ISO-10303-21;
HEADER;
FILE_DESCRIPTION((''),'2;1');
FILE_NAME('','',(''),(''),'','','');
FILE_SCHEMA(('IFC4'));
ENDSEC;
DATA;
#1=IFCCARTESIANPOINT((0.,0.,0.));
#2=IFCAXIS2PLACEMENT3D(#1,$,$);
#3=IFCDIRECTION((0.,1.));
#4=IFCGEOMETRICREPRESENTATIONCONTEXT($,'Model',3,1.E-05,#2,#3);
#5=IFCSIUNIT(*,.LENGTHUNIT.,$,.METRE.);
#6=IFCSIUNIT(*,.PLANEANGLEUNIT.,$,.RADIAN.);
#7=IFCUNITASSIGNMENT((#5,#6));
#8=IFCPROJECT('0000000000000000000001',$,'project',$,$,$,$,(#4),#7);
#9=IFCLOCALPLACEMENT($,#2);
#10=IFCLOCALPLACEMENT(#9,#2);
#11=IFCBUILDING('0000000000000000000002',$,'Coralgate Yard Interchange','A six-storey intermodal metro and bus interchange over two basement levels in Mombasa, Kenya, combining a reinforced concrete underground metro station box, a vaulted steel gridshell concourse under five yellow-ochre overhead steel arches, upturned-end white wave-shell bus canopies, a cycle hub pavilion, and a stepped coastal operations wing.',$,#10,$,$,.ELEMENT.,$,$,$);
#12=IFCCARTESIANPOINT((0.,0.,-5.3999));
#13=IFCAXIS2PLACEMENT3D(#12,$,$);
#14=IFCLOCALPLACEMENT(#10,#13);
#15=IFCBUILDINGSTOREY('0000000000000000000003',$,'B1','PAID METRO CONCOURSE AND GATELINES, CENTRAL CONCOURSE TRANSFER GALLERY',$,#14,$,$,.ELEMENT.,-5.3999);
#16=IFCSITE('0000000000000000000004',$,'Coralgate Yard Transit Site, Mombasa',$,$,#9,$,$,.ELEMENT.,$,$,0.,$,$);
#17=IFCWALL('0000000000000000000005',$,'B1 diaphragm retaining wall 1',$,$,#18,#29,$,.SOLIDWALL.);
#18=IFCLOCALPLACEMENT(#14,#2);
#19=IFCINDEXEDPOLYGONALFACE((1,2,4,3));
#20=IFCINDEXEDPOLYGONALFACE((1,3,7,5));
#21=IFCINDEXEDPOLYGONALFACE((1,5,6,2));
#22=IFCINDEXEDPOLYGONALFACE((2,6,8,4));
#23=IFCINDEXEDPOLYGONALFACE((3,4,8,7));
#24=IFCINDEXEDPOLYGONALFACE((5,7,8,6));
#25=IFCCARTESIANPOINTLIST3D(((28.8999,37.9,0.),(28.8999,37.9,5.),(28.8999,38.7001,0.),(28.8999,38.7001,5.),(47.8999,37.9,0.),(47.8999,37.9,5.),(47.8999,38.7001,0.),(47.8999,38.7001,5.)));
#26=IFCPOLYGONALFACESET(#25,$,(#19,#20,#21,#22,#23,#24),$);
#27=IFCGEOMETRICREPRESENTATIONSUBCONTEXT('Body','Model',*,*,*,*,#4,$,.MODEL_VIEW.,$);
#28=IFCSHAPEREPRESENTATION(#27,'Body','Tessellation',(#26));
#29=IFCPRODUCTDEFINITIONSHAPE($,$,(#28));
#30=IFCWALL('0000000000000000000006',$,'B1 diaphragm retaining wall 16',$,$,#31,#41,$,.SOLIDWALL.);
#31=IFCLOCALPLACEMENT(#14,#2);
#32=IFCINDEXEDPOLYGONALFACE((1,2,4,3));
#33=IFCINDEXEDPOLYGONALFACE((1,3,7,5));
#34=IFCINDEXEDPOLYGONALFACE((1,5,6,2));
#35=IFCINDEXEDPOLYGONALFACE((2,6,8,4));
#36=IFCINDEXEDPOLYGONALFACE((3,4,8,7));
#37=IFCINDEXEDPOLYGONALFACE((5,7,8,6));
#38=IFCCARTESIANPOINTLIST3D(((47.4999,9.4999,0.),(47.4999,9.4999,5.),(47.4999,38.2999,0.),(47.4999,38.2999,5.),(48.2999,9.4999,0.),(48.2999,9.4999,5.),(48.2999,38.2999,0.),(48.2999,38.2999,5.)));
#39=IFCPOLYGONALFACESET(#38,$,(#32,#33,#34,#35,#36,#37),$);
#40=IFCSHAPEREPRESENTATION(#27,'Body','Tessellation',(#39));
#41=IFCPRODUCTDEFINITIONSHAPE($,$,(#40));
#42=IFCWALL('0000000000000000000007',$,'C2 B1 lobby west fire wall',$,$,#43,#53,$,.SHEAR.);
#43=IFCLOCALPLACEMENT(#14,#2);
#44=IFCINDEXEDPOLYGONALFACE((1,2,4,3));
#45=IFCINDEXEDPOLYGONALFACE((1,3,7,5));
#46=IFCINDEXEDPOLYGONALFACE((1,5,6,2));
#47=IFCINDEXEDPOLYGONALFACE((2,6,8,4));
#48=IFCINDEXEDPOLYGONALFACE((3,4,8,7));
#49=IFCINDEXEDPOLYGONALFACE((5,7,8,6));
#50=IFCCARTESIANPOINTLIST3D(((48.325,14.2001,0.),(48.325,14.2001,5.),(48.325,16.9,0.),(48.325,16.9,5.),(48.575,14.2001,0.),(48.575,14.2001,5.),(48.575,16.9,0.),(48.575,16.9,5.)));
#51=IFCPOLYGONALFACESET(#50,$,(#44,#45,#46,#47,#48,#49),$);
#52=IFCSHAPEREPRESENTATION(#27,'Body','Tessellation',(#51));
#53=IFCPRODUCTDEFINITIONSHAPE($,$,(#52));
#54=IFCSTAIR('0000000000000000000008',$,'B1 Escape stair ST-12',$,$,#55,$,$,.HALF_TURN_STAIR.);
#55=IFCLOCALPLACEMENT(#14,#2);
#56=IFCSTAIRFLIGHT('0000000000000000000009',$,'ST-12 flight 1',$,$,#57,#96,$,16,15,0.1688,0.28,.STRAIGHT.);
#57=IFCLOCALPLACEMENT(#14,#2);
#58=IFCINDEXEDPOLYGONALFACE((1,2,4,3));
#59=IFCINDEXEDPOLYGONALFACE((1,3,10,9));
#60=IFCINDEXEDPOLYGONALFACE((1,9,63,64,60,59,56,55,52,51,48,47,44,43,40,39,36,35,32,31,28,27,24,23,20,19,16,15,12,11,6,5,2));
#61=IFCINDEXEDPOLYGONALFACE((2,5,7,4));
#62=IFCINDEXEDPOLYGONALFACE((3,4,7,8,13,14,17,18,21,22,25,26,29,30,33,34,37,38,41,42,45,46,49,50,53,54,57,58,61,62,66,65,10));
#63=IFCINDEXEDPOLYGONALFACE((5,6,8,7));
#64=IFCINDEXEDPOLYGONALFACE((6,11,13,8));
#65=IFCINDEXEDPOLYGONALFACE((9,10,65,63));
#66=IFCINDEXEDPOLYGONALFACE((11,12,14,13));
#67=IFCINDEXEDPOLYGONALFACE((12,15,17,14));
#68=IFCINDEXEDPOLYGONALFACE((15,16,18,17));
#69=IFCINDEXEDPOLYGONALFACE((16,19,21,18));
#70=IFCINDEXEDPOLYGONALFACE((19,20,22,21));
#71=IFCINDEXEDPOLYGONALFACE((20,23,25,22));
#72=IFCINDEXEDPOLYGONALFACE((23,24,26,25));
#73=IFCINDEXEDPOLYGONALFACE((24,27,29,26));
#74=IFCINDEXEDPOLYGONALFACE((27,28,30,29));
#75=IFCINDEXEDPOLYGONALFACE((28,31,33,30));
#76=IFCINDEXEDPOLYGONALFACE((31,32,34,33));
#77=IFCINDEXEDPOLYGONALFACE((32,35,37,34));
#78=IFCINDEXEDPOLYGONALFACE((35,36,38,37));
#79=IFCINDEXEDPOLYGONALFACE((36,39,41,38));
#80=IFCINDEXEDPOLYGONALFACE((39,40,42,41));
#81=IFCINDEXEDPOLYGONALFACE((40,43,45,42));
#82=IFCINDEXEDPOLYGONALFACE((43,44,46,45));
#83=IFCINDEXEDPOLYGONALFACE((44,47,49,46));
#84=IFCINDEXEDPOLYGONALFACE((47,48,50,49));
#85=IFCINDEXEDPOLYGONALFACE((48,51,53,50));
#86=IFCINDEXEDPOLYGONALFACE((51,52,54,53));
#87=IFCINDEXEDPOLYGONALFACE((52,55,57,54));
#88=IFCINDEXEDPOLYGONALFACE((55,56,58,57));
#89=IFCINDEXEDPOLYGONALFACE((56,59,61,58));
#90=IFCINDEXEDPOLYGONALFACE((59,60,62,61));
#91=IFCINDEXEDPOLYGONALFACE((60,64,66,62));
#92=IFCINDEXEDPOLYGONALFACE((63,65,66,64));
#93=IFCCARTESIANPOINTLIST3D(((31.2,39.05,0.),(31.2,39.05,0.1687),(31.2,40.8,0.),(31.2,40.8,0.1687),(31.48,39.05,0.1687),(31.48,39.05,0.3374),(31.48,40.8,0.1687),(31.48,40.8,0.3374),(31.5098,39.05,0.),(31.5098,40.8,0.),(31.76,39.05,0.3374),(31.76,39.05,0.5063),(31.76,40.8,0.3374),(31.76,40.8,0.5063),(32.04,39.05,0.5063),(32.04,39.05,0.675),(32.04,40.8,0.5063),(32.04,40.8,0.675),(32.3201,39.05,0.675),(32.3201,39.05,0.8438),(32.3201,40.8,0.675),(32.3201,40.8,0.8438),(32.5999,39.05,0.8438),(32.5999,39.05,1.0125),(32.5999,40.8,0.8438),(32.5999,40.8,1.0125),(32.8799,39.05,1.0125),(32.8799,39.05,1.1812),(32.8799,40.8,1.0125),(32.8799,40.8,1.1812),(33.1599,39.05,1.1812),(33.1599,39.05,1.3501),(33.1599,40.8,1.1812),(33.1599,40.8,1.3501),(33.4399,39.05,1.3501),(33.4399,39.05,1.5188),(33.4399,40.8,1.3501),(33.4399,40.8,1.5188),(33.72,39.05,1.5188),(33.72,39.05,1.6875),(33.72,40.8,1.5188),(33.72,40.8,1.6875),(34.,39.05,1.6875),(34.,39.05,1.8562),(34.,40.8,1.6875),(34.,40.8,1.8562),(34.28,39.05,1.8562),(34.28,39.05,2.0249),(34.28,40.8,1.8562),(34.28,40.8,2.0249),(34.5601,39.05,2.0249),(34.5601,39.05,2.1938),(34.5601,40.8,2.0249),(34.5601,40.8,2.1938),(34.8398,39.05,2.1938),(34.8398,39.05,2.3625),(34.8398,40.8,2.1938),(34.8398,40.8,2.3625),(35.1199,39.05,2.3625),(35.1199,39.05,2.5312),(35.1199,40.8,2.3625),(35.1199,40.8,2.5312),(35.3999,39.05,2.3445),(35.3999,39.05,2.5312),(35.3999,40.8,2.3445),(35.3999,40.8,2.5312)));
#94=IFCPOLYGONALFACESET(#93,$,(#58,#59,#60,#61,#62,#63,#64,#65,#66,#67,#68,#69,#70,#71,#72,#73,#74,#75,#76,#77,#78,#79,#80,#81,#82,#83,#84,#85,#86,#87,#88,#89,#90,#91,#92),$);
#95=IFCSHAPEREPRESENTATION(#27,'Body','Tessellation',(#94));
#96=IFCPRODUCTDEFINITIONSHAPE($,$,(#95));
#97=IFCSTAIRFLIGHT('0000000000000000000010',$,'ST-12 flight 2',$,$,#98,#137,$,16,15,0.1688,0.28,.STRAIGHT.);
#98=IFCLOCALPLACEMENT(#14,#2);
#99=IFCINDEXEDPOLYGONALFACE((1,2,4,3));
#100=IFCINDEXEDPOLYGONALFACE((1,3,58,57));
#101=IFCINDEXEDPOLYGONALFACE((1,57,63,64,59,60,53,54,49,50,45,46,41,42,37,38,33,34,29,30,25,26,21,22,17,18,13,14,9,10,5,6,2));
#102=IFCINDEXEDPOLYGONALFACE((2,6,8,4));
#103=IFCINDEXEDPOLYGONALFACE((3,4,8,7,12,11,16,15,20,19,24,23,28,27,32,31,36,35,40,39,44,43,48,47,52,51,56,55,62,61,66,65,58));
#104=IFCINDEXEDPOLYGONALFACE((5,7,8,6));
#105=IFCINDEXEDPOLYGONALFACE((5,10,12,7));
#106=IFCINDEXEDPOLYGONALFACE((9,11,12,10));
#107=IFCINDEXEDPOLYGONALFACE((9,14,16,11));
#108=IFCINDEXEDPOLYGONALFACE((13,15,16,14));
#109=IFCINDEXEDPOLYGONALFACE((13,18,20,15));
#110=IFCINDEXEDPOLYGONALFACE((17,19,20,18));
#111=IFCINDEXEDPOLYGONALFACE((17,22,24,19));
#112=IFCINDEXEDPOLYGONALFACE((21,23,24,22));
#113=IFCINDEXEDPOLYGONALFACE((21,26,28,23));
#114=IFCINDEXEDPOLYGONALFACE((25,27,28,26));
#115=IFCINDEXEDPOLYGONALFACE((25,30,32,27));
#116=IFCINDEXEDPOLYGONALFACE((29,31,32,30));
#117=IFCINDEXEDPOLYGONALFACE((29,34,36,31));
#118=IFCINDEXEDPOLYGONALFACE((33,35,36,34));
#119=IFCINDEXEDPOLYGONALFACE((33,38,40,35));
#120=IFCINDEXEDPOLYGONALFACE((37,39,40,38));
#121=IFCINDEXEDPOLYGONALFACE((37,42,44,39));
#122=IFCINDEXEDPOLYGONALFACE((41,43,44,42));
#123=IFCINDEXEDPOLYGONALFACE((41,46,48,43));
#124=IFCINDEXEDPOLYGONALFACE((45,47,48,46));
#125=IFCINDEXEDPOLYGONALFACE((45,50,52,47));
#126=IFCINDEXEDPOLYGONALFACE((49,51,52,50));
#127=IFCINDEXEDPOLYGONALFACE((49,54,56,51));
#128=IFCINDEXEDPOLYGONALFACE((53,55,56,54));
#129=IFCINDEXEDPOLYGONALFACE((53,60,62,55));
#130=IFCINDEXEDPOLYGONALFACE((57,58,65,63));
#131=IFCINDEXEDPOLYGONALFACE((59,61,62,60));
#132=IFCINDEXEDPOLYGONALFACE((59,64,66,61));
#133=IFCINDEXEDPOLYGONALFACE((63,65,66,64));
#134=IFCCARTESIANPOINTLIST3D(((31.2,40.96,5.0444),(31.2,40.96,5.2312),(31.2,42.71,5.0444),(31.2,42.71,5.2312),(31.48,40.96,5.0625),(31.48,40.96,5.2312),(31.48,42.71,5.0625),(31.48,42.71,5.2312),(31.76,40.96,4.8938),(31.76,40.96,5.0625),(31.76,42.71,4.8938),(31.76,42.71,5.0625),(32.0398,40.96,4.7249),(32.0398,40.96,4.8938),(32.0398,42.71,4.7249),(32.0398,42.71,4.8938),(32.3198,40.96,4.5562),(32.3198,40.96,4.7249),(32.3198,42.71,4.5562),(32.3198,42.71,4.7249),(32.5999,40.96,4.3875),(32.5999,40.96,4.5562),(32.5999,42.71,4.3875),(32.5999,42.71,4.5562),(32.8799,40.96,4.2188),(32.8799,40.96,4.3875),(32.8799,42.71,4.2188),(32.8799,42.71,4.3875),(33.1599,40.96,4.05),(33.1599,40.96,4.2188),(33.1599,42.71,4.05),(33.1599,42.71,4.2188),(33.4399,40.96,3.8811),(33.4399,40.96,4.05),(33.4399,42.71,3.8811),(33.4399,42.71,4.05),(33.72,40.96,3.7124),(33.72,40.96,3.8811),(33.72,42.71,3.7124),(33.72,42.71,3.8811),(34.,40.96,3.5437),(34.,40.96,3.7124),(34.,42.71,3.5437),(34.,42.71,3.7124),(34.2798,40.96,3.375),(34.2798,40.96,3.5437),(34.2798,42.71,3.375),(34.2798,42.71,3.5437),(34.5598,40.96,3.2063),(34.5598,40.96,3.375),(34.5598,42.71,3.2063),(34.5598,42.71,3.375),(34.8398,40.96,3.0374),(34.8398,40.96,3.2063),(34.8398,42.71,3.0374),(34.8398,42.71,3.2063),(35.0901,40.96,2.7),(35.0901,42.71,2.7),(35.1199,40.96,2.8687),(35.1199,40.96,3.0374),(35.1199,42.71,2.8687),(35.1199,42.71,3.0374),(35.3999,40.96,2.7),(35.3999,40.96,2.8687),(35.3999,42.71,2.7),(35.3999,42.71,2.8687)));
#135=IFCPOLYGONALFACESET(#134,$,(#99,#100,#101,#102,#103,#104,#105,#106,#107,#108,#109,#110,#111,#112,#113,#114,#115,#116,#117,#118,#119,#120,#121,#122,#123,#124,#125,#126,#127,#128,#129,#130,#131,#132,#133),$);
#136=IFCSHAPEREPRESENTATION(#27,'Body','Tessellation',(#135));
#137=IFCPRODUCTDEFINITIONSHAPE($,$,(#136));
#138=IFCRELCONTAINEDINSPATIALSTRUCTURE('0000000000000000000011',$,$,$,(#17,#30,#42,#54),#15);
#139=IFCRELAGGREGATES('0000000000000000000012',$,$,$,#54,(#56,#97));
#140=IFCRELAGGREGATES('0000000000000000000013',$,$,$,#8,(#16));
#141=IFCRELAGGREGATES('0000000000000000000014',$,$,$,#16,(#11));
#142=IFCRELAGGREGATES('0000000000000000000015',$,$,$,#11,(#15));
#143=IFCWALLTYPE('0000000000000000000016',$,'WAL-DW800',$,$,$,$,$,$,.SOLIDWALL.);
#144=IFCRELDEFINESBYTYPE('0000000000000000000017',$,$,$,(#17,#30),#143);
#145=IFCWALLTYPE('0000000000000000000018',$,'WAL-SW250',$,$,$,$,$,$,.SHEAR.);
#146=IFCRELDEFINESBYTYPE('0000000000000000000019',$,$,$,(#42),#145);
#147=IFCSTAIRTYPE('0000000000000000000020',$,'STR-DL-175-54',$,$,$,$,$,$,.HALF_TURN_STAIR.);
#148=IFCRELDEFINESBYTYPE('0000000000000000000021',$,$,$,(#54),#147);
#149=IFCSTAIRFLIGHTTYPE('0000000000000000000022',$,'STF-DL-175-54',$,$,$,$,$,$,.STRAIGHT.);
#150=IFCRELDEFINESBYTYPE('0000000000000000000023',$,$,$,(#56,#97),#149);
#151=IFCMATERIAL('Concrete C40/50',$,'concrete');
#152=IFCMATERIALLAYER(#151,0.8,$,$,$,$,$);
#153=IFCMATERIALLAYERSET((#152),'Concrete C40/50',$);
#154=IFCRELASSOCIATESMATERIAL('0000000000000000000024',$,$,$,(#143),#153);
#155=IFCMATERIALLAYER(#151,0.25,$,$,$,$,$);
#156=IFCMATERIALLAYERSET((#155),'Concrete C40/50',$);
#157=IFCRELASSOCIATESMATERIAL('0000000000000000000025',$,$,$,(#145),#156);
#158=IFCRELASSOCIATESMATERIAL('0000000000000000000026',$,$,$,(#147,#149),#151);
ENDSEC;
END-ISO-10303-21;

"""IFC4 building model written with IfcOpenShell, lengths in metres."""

from ifc_helpers import new_model, si_unit, direction, frame, frame_2d, origin, place, context, subcontext, project, spatial, polyline, rectangle, outline, extrude, material, layer, layer_set, type_object, element, aggregate, save


model = new_model("IFC4")

# Units and contexts
model_context = context("Model", 3, precision=1e-05, world=origin(), true_north=direction((0.0, 1.0)))
body_context = subcontext(model_context, "Body", "Model", "MODEL_VIEW")
ifc_project = project(units=[si_unit("LENGTHUNIT", "METRE"), si_unit("PLANEANGLEUNIT", "RADIAN")], contexts=[model_context])

# Site, building, storey
site_placement = place(None, origin())
site = spatial("IfcSite", under=ifc_project, at=site_placement, Name="Coralgate Yard Transit Site, Mombasa", CompositionType="ELEMENT", RefElevation=0.0)
building_placement = place(site_placement, origin())
building = spatial("IfcBuilding", under=site, at=building_placement, Name="Coralgate Yard Interchange", Description="A six-storey intermodal metro and bus interchange over two basement levels in Mombasa, Kenya, combining a reinforced concrete underground metro station box, a vaulted steel gridshell concourse under five yellow-ochre overhead steel arches, upturned-end white wave-shell bus canopies, a cycle hub pavilion, and a stepped coastal operations wing.", CompositionType="ELEMENT")
storey_placement = place(building_placement, frame((0.0, 0.0, -5.3999)))
storey = spatial("IfcBuildingStorey", under=building, at=storey_placement, Name="B1", Description="PAID METRO CONCOURSE AND GATELINES, CENTRAL CONCOURSE TRANSFER GALLERY", CompositionType="ELEMENT", Elevation=-5.3999)

# Shared definitions
ifc_material_1 = material(Name="Concrete C40/50", Category="concrete")

# Walls
ifc_layer_1 = layer(ifc_material_1, 0.8)
ifc_layer_set_1 = layer_set([ifc_layer_1], Name="Concrete C40/50")
wall_type_1 = type_object("IfcWallType", Name="WAL-DW800", PredefinedType="SOLIDWALL", material=ifc_layer_set_1)
wall_1_placement = place(storey_placement, frame((47.8999, 38.3, 0.0), z_axis=(0.0, 0.0, 1.0), x_axis=(-1.0, 0.0, 0.0)))
element("IfcWall", 1, at=wall_1_placement, inside=storey, type_object=wall_type_1, Name="B1 diaphragm retaining wall 1", PredefinedType="SOLIDWALL", context=body_context, shape_type="SweptSolid", body=[
    extrude(rectangle(XDim=19.0, YDim=0.8, at=frame_2d((9.5, 0.0))), origin(), (0.0, 0.0, 1.0), 5.0),
])
wall_2_placement = place(storey_placement, frame((47.8999, 9.5, 0.0), z_axis=(0.0, 0.0, 1.0), x_axis=(0.0, 1.0, 0.0)))
element("IfcWall", 2, at=wall_2_placement, inside=storey, type_object=wall_type_1, Name="B1 diaphragm retaining wall 16", PredefinedType="SOLIDWALL", context=body_context, shape_type="SweptSolid", body=[
    extrude(rectangle(XDim=28.8, YDim=0.8, at=frame_2d((14.3999, 0.0))), origin(), (0.0, 0.0, 1.0), 5.0),
])
ifc_layer_2 = layer(ifc_material_1, 0.25)
ifc_layer_set_2 = layer_set([ifc_layer_2], Name="Concrete C40/50")
wall_type_2 = type_object("IfcWallType", Name="WAL-SW250", PredefinedType="SHEAR", material=ifc_layer_set_2)
wall_3_placement = place(storey_placement, frame((48.45, 14.2, 0.0), z_axis=(0.0, 0.0, 1.0), x_axis=(0.0, 1.0, 0.0)))
element("IfcWall", 3, at=wall_3_placement, inside=storey, type_object=wall_type_2, Name="C2 B1 lobby west fire wall", PredefinedType="SHEAR", context=body_context, shape_type="SweptSolid", body=[
    extrude(rectangle(XDim=2.7, YDim=0.25, at=frame_2d((1.3501, 0.0))), origin(), (0.0, 0.0, 1.0), 5.0),
])

# Stair, stair flights
stair_type = type_object("IfcStairType", Name="STR-DL-175-54", PredefinedType="HALF_TURN_STAIR", material=ifc_material_1)
stair_placement = place(storey_placement, origin())
stair = element("IfcStair", 4, at=stair_placement, inside=storey, type_object=stair_type, Name="B1 Escape stair ST-12", PredefinedType="HALF_TURN_STAIR")
stair_flight_type = type_object("IfcStairFlightType", Name="STF-DL-175-54", PredefinedType="STRAIGHT", material=ifc_material_1)
stair_flight_1_placement = place(storey_placement, frame((31.2, 39.925, 0.0), z_axis=(0.0, 0.0, 1.0), x_axis=(1.0, 0.0, 0.0)))
stair_flight_1 = element("IfcStairFlight", 5, at=stair_flight_1_placement, type_object=stair_flight_type, Name="ST-12 flight 1", NumberOfRisers=16, NumberOfTreads=15, PredefinedType="STRAIGHT", RiserHeight=0.1688, TreadLength=0.28, context=body_context, shape_type="SweptSolid", body=[
    extrude(outline(polyline([(0.0, 0.0), (0.0, 0.1687), (0.28, 0.1687), (0.28, 0.3374), (0.5601, 0.3374), (0.5601, 0.5063), (0.8401, 0.5063), (0.8401, 0.675), (1.1201, 0.675), (1.1201, 0.8438), (1.3999, 0.8438), (1.3999, 1.0125), (1.6799, 1.0125), (1.6799, 1.1812), (1.96, 1.1812), (1.96, 1.3501), (2.24, 1.3501), (2.24, 1.5188), (2.52, 1.5188), (2.52, 1.6875), (2.8, 1.6875), (2.8, 1.8562), (3.0801, 1.8562), (3.0801, 2.0249), (3.3601, 2.0249), (3.3601, 2.1938), (3.6399, 2.1938), (3.6399, 2.3625), (3.9199, 2.3625), (3.9199, 2.5312), (4.2, 2.5312), (4.2, 2.7), (4.2, 2.3445), (0.3098, 0.0), (0.0, 0.0)])), frame((0.0, 0.875, 0.0), z_axis=(0.0, -1.0, 0.0), x_axis=(1.0, 0.0, 0.0)), (0.0, 0.0, 1.0), 1.75),
])
stair_flight_2_placement = place(storey_placement, frame((35.3999, 41.835, 2.7), z_axis=(0.0, 0.0, 1.0), x_axis=(-1.0, 0.0, 0.0)))
stair_flight_2 = element("IfcStairFlight", 6, at=stair_flight_2_placement, type_object=stair_flight_type, Name="ST-12 flight 2", NumberOfRisers=16, NumberOfTreads=15, PredefinedType="STRAIGHT", RiserHeight=0.1688, TreadLength=0.28, context=body_context, shape_type="SweptSolid", body=[
    extrude(outline(polyline([(0.0, 0.0), (0.0, 0.1687), (0.28, 0.1687), (0.28, 0.3374), (0.5601, 0.3374), (0.5601, 0.5063), (0.8401, 0.5063), (0.8401, 0.675), (1.1201, 0.675), (1.1201, 0.8438), (1.3999, 0.8438), (1.3999, 1.0125), (1.6799, 1.0125), (1.6799, 1.1812), (1.96, 1.1812), (1.96, 1.3501), (2.24, 1.3501), (2.24, 1.5188), (2.52, 1.5188), (2.52, 1.6875), (2.8, 1.6875), (2.8, 1.8562), (3.0801, 1.8562), (3.0801, 2.0249), (3.3601, 2.0249), (3.3601, 2.1938), (3.6399, 2.1938), (3.6399, 2.3625), (3.9199, 2.3625), (3.9199, 2.5312), (4.2, 2.5312), (4.2, 2.7), (4.2, 2.3445), (0.3098, 0.0), (0.0, 0.0)])), frame((0.0, 0.875, 0.0), z_axis=(0.0, -1.0, 0.0), x_axis=(1.0, 0.0, 0.0)), (0.0, 0.0, 1.0), 1.75),
])
aggregate(stair, [stair_flight_1, stair_flight_2])

save(model, "model.ifc")
